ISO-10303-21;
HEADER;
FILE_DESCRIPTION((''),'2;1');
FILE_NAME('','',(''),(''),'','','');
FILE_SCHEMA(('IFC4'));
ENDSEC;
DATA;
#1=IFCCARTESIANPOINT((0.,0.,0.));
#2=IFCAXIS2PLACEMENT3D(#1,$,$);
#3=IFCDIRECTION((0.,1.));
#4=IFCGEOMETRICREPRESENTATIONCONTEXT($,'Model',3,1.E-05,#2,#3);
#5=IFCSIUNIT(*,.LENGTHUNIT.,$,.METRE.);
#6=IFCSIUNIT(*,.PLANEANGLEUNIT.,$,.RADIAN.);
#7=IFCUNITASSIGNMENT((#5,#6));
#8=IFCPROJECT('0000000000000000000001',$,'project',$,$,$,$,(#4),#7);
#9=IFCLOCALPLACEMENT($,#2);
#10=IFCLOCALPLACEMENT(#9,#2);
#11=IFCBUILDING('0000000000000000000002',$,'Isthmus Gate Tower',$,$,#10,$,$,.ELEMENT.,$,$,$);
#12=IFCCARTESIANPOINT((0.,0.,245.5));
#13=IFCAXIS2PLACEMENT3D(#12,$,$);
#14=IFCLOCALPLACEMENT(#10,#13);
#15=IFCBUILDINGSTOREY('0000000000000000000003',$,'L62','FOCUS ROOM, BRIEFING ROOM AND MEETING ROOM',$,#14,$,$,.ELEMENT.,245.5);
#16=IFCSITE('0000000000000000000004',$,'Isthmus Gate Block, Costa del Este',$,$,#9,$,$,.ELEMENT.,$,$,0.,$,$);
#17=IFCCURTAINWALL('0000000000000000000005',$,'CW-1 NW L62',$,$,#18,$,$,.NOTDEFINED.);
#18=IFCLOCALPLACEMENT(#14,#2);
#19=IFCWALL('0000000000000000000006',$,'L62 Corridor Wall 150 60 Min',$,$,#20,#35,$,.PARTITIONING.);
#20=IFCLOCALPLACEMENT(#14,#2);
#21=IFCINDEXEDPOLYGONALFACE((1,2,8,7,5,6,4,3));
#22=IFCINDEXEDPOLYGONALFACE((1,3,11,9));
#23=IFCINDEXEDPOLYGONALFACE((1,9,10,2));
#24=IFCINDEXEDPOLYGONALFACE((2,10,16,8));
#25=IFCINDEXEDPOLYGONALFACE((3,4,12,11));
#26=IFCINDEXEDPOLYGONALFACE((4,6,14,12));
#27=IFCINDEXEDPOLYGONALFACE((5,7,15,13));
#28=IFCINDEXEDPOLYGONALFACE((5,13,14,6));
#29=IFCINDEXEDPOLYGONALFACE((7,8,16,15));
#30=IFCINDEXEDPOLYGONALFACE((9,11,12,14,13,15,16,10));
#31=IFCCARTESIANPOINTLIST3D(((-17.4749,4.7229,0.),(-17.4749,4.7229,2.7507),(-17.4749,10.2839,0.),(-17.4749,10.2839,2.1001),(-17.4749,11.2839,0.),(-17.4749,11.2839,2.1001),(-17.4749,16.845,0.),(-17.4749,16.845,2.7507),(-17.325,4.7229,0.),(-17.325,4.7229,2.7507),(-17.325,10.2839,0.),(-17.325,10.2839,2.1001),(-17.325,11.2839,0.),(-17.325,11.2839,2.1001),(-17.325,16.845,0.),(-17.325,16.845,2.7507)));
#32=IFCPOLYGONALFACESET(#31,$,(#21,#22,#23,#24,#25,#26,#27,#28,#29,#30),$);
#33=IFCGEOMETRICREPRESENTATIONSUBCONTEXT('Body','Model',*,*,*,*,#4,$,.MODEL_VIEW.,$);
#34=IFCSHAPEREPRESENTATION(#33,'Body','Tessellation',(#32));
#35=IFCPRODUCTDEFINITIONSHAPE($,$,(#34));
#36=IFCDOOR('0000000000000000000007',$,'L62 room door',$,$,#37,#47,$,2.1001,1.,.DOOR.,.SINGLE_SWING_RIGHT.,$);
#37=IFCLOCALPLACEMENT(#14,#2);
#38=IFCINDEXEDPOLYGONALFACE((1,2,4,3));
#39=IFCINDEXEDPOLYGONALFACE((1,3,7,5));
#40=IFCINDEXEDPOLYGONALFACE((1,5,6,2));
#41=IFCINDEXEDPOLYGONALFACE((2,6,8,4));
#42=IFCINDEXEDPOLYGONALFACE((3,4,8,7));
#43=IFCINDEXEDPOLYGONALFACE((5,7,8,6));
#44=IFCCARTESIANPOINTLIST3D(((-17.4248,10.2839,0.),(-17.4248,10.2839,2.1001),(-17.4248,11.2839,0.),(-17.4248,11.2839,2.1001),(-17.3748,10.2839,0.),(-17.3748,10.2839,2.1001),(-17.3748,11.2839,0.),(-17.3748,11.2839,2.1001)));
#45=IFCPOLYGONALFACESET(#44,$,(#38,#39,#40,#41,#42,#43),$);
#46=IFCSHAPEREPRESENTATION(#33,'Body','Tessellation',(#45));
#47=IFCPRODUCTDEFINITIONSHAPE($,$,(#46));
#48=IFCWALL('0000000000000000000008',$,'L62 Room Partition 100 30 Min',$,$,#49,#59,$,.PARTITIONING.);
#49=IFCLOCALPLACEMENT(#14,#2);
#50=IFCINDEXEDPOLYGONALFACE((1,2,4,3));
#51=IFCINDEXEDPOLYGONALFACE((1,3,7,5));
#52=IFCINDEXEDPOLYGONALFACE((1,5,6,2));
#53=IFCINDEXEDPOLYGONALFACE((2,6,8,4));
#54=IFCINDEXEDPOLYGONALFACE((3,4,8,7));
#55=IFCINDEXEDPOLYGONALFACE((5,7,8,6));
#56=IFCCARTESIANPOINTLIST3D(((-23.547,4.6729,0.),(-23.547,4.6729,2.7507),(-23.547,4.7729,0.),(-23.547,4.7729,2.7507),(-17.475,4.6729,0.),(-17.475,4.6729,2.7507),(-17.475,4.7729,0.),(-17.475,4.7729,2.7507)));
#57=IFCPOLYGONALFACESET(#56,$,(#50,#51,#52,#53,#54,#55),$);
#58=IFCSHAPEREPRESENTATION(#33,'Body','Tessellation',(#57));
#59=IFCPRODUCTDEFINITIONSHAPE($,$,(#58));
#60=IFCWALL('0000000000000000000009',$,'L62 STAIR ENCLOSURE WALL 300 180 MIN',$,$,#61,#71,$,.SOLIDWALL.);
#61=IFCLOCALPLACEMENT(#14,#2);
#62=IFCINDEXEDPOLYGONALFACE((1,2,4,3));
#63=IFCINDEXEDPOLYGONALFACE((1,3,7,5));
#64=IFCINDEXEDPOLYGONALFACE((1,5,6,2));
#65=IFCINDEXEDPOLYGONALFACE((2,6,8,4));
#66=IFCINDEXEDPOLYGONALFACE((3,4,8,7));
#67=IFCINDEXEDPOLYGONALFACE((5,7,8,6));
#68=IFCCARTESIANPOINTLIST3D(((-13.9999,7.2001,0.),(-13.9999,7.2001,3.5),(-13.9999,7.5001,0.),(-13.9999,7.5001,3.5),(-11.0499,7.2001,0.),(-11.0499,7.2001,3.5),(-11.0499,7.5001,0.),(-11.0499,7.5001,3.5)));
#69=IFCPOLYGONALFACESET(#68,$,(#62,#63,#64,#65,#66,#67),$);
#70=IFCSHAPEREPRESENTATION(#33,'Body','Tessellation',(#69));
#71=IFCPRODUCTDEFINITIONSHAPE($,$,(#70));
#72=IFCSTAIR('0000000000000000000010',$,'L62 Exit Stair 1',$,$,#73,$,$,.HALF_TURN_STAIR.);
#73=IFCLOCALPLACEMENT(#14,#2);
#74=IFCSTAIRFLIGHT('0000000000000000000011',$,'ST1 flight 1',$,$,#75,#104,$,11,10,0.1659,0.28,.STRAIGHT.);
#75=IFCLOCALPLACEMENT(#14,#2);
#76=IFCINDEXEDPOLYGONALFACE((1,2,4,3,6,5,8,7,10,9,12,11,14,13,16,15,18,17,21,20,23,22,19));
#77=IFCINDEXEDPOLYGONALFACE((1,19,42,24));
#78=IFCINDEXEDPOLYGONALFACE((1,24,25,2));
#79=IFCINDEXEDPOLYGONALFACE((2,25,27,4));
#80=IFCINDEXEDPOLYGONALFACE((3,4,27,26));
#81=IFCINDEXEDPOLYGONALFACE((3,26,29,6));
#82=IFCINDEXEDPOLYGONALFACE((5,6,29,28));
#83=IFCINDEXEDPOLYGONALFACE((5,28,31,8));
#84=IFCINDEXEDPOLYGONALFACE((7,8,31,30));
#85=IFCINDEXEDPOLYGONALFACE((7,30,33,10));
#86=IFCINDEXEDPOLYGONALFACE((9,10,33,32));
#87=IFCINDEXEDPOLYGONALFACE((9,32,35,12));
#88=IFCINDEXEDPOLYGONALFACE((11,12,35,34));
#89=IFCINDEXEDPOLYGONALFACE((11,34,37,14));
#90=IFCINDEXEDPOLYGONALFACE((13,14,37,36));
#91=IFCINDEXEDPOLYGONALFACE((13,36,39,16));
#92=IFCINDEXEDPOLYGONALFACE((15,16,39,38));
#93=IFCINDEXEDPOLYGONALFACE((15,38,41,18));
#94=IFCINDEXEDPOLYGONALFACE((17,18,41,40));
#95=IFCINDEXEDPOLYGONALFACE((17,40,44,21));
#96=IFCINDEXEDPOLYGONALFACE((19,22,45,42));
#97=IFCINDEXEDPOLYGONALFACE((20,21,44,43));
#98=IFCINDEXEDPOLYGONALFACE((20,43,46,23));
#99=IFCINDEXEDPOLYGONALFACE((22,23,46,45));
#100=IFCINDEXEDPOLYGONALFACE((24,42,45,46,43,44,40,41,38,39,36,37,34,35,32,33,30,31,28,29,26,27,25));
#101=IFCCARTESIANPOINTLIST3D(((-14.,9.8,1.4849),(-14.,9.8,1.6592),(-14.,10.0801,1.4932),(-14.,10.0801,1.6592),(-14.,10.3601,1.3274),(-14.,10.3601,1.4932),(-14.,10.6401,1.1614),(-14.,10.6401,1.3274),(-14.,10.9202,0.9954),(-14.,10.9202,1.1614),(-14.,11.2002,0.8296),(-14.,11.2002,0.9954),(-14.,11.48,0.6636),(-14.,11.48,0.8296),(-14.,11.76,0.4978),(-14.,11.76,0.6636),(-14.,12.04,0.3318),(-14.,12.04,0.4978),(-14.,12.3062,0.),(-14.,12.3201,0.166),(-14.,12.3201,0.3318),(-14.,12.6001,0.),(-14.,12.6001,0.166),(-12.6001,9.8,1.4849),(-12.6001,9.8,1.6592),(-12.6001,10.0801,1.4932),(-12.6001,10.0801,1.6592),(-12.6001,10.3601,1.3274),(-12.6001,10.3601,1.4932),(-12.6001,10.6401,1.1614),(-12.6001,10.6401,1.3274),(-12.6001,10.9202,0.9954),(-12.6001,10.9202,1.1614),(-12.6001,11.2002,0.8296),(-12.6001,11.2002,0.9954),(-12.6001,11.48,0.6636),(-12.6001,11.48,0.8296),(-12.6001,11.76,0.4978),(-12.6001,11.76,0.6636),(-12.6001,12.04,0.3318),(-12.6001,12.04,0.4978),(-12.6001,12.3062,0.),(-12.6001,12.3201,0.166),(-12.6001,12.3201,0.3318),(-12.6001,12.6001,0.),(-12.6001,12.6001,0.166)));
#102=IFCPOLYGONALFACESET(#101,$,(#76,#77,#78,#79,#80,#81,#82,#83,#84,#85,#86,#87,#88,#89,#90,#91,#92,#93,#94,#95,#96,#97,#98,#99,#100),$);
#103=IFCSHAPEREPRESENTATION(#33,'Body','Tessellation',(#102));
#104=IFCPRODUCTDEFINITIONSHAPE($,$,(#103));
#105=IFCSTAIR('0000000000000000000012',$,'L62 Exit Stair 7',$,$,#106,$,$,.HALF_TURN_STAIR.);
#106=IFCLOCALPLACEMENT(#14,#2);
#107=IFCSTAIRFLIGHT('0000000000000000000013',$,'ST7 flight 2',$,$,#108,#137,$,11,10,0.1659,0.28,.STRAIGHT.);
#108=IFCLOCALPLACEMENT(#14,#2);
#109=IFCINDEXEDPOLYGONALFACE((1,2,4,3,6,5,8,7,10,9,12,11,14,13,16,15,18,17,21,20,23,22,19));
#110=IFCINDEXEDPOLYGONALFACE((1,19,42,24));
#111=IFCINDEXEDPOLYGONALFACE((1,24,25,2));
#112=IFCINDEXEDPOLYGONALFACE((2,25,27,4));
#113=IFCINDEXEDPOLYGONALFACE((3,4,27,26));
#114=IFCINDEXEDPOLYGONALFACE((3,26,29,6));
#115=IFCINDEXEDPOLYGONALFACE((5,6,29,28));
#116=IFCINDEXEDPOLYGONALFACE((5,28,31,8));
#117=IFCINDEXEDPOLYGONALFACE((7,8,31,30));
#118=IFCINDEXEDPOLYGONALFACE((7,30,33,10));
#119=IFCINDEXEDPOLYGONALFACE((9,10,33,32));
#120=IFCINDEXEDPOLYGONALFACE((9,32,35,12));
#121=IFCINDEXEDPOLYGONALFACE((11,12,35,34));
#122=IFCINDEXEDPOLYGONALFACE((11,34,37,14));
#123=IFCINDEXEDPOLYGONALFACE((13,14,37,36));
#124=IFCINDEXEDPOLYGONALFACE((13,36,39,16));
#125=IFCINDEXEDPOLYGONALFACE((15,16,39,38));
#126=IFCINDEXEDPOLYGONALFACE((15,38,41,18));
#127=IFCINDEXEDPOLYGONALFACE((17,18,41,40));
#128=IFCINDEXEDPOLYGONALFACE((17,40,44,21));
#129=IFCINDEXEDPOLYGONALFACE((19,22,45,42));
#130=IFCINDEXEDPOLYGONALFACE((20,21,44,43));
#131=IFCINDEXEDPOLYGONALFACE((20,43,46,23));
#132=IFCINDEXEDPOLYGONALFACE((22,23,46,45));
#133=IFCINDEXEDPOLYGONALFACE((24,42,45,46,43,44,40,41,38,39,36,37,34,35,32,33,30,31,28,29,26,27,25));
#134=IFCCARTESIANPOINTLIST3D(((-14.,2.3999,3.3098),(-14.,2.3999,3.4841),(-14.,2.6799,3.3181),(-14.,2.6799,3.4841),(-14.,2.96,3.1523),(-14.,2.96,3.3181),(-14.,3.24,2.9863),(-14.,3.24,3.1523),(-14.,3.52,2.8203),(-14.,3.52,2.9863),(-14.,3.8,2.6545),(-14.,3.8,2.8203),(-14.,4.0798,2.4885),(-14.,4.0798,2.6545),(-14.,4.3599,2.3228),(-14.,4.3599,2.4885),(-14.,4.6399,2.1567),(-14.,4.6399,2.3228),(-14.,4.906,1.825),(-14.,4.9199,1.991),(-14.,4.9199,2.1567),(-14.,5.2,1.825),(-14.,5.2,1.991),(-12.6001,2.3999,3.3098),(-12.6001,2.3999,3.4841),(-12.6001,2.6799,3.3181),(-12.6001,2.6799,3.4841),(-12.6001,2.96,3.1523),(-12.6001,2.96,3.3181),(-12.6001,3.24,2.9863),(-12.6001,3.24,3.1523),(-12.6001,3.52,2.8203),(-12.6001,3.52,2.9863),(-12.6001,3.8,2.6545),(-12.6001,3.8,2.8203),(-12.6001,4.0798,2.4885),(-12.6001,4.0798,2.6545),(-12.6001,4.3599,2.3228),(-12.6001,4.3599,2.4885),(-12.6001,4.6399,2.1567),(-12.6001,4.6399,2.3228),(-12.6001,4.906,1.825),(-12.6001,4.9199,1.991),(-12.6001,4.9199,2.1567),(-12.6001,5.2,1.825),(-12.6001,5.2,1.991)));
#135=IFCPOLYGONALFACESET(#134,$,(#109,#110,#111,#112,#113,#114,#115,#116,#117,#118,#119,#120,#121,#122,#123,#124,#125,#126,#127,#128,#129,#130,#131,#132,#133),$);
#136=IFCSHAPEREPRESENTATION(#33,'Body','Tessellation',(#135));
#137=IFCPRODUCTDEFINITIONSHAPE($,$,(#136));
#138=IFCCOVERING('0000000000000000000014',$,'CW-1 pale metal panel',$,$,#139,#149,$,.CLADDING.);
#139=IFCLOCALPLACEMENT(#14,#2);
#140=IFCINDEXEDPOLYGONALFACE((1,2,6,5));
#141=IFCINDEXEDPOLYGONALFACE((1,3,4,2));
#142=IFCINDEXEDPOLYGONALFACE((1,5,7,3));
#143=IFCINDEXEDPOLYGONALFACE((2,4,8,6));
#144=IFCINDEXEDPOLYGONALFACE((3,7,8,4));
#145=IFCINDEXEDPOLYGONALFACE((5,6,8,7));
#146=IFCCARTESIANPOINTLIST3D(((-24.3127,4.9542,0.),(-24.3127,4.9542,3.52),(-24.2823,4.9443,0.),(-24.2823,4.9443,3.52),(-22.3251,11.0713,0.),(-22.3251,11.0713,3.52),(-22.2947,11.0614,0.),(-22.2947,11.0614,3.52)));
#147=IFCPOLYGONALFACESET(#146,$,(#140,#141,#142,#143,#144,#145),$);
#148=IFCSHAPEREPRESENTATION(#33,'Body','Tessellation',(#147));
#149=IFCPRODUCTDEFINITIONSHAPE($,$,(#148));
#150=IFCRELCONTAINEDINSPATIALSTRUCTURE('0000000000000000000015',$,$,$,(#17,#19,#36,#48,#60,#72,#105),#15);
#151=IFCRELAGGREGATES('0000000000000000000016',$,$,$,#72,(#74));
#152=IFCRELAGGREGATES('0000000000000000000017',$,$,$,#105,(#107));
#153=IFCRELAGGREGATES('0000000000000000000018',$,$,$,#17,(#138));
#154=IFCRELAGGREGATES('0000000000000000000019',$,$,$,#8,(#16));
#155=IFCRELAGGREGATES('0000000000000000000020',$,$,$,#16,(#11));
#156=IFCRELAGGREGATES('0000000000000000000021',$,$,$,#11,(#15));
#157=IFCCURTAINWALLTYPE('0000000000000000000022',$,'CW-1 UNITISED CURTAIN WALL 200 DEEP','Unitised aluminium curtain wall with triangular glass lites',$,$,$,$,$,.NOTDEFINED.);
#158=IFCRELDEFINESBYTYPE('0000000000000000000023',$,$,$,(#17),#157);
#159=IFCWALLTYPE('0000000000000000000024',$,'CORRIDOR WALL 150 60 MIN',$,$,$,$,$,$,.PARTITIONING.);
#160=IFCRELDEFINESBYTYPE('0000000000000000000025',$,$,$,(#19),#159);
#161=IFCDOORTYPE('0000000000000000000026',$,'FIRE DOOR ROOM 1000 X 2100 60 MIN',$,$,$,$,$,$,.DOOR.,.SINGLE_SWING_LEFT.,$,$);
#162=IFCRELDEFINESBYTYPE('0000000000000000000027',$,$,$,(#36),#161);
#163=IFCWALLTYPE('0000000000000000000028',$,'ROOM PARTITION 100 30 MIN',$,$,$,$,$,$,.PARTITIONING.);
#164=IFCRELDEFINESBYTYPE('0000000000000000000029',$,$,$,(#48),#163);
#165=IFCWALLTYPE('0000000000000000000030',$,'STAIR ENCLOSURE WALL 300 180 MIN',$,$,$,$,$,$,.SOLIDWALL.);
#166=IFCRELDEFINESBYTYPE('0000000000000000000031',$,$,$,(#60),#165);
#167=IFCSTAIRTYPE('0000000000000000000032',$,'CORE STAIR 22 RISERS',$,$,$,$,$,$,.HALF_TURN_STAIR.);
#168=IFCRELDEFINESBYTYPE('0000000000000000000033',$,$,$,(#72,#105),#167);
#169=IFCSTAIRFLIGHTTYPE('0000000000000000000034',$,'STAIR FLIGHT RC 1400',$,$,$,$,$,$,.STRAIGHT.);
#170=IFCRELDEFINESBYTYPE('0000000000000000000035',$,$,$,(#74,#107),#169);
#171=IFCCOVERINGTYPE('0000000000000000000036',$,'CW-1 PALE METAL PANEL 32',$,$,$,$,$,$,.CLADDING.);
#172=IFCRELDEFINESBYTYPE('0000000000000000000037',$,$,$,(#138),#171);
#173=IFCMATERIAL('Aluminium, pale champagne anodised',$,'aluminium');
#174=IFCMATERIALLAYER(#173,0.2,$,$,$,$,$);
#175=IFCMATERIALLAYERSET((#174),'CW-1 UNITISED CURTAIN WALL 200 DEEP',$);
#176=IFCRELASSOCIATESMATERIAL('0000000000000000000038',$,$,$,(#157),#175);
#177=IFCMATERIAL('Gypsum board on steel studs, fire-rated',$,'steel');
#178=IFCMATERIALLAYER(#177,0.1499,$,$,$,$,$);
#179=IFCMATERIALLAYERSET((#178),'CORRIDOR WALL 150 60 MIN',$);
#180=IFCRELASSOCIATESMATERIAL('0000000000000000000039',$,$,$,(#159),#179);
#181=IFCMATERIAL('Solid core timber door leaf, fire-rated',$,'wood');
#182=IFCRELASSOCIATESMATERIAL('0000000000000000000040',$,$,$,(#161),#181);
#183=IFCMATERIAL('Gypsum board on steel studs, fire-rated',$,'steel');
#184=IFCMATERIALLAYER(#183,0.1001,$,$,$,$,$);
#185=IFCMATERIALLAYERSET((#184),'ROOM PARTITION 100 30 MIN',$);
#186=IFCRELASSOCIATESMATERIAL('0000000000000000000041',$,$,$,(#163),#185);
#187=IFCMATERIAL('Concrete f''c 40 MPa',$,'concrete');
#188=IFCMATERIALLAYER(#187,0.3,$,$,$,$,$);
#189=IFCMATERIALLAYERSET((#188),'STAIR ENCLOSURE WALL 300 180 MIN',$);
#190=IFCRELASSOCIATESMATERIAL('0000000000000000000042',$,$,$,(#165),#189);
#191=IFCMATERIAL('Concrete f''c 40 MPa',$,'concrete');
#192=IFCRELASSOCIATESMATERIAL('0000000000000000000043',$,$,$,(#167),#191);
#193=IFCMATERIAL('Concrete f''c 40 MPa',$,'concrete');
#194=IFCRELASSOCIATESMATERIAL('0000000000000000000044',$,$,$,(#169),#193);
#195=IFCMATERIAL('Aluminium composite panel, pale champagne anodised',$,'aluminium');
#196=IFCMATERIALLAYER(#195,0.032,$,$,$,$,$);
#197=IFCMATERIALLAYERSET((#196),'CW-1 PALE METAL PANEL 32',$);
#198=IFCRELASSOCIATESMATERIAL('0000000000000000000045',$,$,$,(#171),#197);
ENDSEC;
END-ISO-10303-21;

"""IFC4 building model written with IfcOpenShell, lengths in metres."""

from ifc_helpers import new_model, si_unit, direction, frame, frame_2d, origin, origin_2d, place, context, subcontext, project, spatial, polyline, rectangle, outline, extrude, material, layer, layer_set, type_object, element, fill, aggregate, save


model = new_model("IFC4")

# Units and contexts
model_context = context("Model", 3, precision=1e-05, world=origin(), true_north=direction((0.0, 1.0)))
body_context = subcontext(model_context, "Body", "Model", "MODEL_VIEW")
ifc_project = project(units=[si_unit("LENGTHUNIT", "METRE"), si_unit("PLANEANGLEUNIT", "RADIAN")], contexts=[model_context])

# Site, building, storey
site_placement = place(None, origin())
site = spatial("IfcSite", under=ifc_project, at=site_placement, Name="Isthmus Gate Block, Costa del Este", CompositionType="ELEMENT", RefElevation=0.0)
building_placement = place(site_placement, origin())
building = spatial("IfcBuilding", under=site, at=building_placement, Name="Isthmus Gate Tower", CompositionType="ELEMENT")
storey_placement = place(building_placement, frame((0.0, 0.0, 245.5)))
storey = spatial("IfcBuildingStorey", under=building, at=storey_placement, Name="L62", Description="FOCUS ROOM, BRIEFING ROOM AND MEETING ROOM", CompositionType="ELEMENT", Elevation=245.5)

# Curtain wall
ifc_material_1 = material(Name="Aluminium, pale champagne anodised", Category="aluminium")
ifc_layer_1 = layer(ifc_material_1, 0.2)
ifc_layer_set_1 = layer_set([ifc_layer_1], Name="CW-1 UNITISED CURTAIN WALL 200 DEEP")
curtain_wall_type = type_object("IfcCurtainWallType", Name="CW-1 UNITISED CURTAIN WALL 200 DEEP", Description="Unitised aluminium curtain wall with triangular glass lites", PredefinedType="NOTDEFINED", material=ifc_layer_set_1)
curtain_wall_placement = place(storey_placement, origin())
curtain_wall = element("IfcCurtainWall", 1, at=curtain_wall_placement, inside=storey, type_object=curtain_wall_type, Name="CW-1 NW L62", PredefinedType="NOTDEFINED")

# Wall, opening, door
ifc_material_2 = material(Name="Gypsum board on steel studs, fire-rated", Category="steel")
ifc_layer_2 = layer(ifc_material_2, 0.1499)
ifc_layer_set_2 = layer_set([ifc_layer_2], Name="CORRIDOR WALL 150 60 MIN")
wall_type_1 = type_object("IfcWallType", Name="CORRIDOR WALL 150 60 MIN", PredefinedType="PARTITIONING", material=ifc_layer_set_2)
wall_1_placement = place(storey_placement, frame((-17.3999, 4.7229, 0.0), z_axis=(0.0, 0.0, 1.0), x_axis=(0.0, 1.0, 0.0)))
wall_1 = element("IfcWall", 2, at=wall_1_placement, inside=storey, type_object=wall_type_1, Name="L62 Corridor Wall 150 60 Min", PredefinedType="PARTITIONING", context=body_context, shape_type="SweptSolid", body=[
    extrude(rectangle(XDim=12.1221, YDim=0.1499, at=frame_2d((6.061, 0.0))), origin(), (0.0, 0.0, 1.0), 2.7507),
])
opening_placement = place(wall_1_placement, frame((5.561, 0.0, 0.0)))
opening = element("IfcOpeningElement", 3, at=opening_placement, cuts=wall_1, PredefinedType="OPENING", context=body_context, shape_type="SweptSolid", body=[
    extrude(rectangle(XDim=1.0, YDim=2.1001, at=frame_2d((0.5, 1.05))), frame((0.0, 0.085, 0.0), z_axis=(0.0, -1.0, 0.0), x_axis=(1.0, 0.0, 0.0)), (0.0, 0.0, 1.0), 0.1699),
])
ifc_material_3 = material(Name="Solid core timber door leaf, fire-rated", Category="wood")
door_type = type_object("IfcDoorType", Name="FIRE DOOR ROOM 1000 X 2100 60 MIN", OperationType="SINGLE_SWING_LEFT", PredefinedType="DOOR", material=ifc_material_3)
door_placement = place(opening_placement, origin())
door = element("IfcDoor", 4, at=door_placement, inside=storey, type_object=door_type, Name="L62 room door", OperationType="SINGLE_SWING_RIGHT", OverallHeight=2.1001, OverallWidth=1.0, PredefinedType="DOOR", context=body_context, shape_type="SweptSolid", body=[
    extrude(rectangle(XDim=1.0, YDim=2.1001, at=frame_2d((0.5, 1.05))), frame((0.0, 0.0249, 0.0), z_axis=(0.0, -1.0, 0.0), x_axis=(1.0, 0.0, 0.0)), (0.0, 0.0, 1.0), 0.05),
])
fill(opening, door)

# Walls
ifc_material_4 = material(Name="Gypsum board on steel studs, fire-rated", Category="steel")
ifc_layer_3 = layer(ifc_material_4, 0.1001)
ifc_layer_set_3 = layer_set([ifc_layer_3], Name="ROOM PARTITION 100 30 MIN")
wall_type_2 = type_object("IfcWallType", Name="ROOM PARTITION 100 30 MIN", PredefinedType="PARTITIONING", material=ifc_layer_set_3)
wall_2_placement = place(storey_placement, frame((-23.5471, 4.7229, 0.0), z_axis=(0.0, 0.0, 1.0), x_axis=(1.0, 0.0, 0.0)))
element("IfcWall", 5, at=wall_2_placement, inside=storey, type_object=wall_type_2, Name="L62 Room Partition 100 30 Min", PredefinedType="PARTITIONING", context=body_context, shape_type="SweptSolid", body=[
    extrude(rectangle(XDim=6.072, YDim=0.1001, at=frame_2d((3.0361, 0.0))), origin(), (0.0, 0.0, 1.0), 2.7507),
])
ifc_material_5 = material(Name="Concrete f'c 40 MPa", Category="concrete")
ifc_layer_4 = layer(ifc_material_5, 0.3)
ifc_layer_set_4 = layer_set([ifc_layer_4], Name="STAIR ENCLOSURE WALL 300 180 MIN")
wall_type_3 = type_object("IfcWallType", Name="STAIR ENCLOSURE WALL 300 180 MIN", PredefinedType="SOLIDWALL", material=ifc_layer_set_4)
wall_3_placement = place(storey_placement, frame((-14.0, 7.3501, 0.0), z_axis=(0.0, 0.0, 1.0), x_axis=(1.0, 0.0, 0.0)))
element("IfcWall", 6, at=wall_3_placement, inside=storey, type_object=wall_type_3, Name="L62 STAIR ENCLOSURE WALL 300 180 MIN", PredefinedType="SOLIDWALL", context=body_context, shape_type="SweptSolid", body=[
    extrude(rectangle(XDim=2.95, YDim=0.3, at=frame_2d((1.4751, 0.0))), origin(), (0.0, 0.0, 1.0), 3.5),
])

# Stairs, stair flights
ifc_material_6 = material(Name="Concrete f'c 40 MPa", Category="concrete")
stair_type = type_object("IfcStairType", Name="CORE STAIR 22 RISERS", PredefinedType="HALF_TURN_STAIR", material=ifc_material_6)
stair_1_placement = place(storey_placement, origin())
stair_1 = element("IfcStair", 7, at=stair_1_placement, inside=storey, type_object=stair_type, Name="L62 Exit Stair 1", PredefinedType="HALF_TURN_STAIR")
ifc_material_7 = material(Name="Concrete f'c 40 MPa", Category="concrete")
stair_flight_type = type_object("IfcStairFlightType", Name="STAIR FLIGHT RC 1400", PredefinedType="STRAIGHT", material=ifc_material_7)
stair_flight_1_placement = place(storey_placement, frame((-13.3, 12.6001, 0.0), z_axis=(0.0, 0.0, 1.0), x_axis=(0.0, -1.0, 0.0)))
stair_flight_1 = element("IfcStairFlight", 8, at=stair_flight_1_placement, type_object=stair_flight_type, Name="ST1 flight 1", NumberOfRisers=11, NumberOfTreads=10, PredefinedType="STRAIGHT", RiserHeight=0.1659, TreadLength=0.28, context=body_context, shape_type="SweptSolid", body=[
    extrude(outline(polyline([(0.0, 0.0), (0.0, 0.166), (0.28, 0.166), (0.28, 0.3318), (0.5601, 0.3318), (0.5601, 0.4978), (0.8401, 0.4978), (0.8401, 0.6636), (1.1201, 0.6636), (1.1201, 0.8296), (1.3999, 0.8296), (1.3999, 0.9954), (1.6799, 0.9954), (1.6799, 1.1614), (1.96, 1.1614), (1.96, 1.3274), (2.24, 1.3274), (2.24, 1.4932), (2.52, 1.4932), (2.52, 1.6592), (2.8, 1.6592), (2.8, 1.825), (2.8, 1.4849), (0.2939, 0.0), (0.0, 0.0)])), frame((0.0, 0.7, 0.0), z_axis=(0.0, -1.0, 0.0), x_axis=(1.0, 0.0, 0.0)), (0.0, 0.0, 1.0), 1.3999),
])
aggregate(stair_1, [stair_flight_1])
stair_2_placement = place(storey_placement, origin())
stair_2 = element("IfcStair", 9, at=stair_2_placement, inside=storey, type_object=stair_type, Name="L62 Exit Stair 7", PredefinedType="HALF_TURN_STAIR")
stair_flight_2_placement = place(storey_placement, frame((-13.3, 5.2, 1.825), z_axis=(0.0, 0.0, 1.0), x_axis=(0.0, -1.0, 0.0)))
stair_flight_2 = element("IfcStairFlight", 10, at=stair_flight_2_placement, type_object=stair_flight_type, Name="ST7 flight 2", NumberOfRisers=11, NumberOfTreads=10, PredefinedType="STRAIGHT", RiserHeight=0.1659, TreadLength=0.28, context=body_context, shape_type="SweptSolid", body=[
    extrude(outline(polyline([(0.0, 0.0), (0.0, 0.166), (0.28, 0.166), (0.28, 0.3318), (0.5601, 0.3318), (0.5601, 0.4978), (0.8401, 0.4978), (0.8401, 0.6636), (1.1201, 0.6636), (1.1201, 0.8296), (1.3999, 0.8296), (1.3999, 0.9954), (1.6799, 0.9954), (1.6799, 1.1614), (1.96, 1.1614), (1.96, 1.3274), (2.24, 1.3274), (2.24, 1.4932), (2.52, 1.4932), (2.52, 1.6592), (2.8, 1.6592), (2.8, 1.825), (2.8, 1.4849), (0.2939, 0.0), (0.0, 0.0)])), frame((0.0, 0.7, 0.0), z_axis=(0.0, -1.0, 0.0), x_axis=(1.0, 0.0, 0.0)), (0.0, 0.0, 1.0), 1.3999),
])
aggregate(stair_2, [stair_flight_2])

# Covering
ifc_material_8 = material(Name="Aluminium composite panel, pale champagne anodised", Category="aluminium")
ifc_layer_5 = layer(ifc_material_8, 0.032)
ifc_layer_set_5 = layer_set([ifc_layer_5], Name="CW-1 PALE METAL PANEL 32")
covering_type = type_object("IfcCoveringType", Name="CW-1 PALE METAL PANEL 32", PredefinedType="CLADDING", material=ifc_layer_set_5)
covering_placement = place(storey_placement, frame((-23.3037, 8.0078, 0.0), z_axis=(0.0, 0.0, 1.0), x_axis=(-0.309017, -0.951057, 0.0)))
covering = element("IfcCovering", 11, at=covering_placement, type_object=covering_type, Name="CW-1 pale metal panel", PredefinedType="CLADDING", context=body_context, shape_type="SweptSolid", body=[
    extrude(rectangle(XDim=6.4319, YDim=0.032, at=origin_2d()), origin(), (0.0, 0.0, 1.0), 3.52),
])
aggregate(curtain_wall, [covering])

save(model, "model.ifc")
